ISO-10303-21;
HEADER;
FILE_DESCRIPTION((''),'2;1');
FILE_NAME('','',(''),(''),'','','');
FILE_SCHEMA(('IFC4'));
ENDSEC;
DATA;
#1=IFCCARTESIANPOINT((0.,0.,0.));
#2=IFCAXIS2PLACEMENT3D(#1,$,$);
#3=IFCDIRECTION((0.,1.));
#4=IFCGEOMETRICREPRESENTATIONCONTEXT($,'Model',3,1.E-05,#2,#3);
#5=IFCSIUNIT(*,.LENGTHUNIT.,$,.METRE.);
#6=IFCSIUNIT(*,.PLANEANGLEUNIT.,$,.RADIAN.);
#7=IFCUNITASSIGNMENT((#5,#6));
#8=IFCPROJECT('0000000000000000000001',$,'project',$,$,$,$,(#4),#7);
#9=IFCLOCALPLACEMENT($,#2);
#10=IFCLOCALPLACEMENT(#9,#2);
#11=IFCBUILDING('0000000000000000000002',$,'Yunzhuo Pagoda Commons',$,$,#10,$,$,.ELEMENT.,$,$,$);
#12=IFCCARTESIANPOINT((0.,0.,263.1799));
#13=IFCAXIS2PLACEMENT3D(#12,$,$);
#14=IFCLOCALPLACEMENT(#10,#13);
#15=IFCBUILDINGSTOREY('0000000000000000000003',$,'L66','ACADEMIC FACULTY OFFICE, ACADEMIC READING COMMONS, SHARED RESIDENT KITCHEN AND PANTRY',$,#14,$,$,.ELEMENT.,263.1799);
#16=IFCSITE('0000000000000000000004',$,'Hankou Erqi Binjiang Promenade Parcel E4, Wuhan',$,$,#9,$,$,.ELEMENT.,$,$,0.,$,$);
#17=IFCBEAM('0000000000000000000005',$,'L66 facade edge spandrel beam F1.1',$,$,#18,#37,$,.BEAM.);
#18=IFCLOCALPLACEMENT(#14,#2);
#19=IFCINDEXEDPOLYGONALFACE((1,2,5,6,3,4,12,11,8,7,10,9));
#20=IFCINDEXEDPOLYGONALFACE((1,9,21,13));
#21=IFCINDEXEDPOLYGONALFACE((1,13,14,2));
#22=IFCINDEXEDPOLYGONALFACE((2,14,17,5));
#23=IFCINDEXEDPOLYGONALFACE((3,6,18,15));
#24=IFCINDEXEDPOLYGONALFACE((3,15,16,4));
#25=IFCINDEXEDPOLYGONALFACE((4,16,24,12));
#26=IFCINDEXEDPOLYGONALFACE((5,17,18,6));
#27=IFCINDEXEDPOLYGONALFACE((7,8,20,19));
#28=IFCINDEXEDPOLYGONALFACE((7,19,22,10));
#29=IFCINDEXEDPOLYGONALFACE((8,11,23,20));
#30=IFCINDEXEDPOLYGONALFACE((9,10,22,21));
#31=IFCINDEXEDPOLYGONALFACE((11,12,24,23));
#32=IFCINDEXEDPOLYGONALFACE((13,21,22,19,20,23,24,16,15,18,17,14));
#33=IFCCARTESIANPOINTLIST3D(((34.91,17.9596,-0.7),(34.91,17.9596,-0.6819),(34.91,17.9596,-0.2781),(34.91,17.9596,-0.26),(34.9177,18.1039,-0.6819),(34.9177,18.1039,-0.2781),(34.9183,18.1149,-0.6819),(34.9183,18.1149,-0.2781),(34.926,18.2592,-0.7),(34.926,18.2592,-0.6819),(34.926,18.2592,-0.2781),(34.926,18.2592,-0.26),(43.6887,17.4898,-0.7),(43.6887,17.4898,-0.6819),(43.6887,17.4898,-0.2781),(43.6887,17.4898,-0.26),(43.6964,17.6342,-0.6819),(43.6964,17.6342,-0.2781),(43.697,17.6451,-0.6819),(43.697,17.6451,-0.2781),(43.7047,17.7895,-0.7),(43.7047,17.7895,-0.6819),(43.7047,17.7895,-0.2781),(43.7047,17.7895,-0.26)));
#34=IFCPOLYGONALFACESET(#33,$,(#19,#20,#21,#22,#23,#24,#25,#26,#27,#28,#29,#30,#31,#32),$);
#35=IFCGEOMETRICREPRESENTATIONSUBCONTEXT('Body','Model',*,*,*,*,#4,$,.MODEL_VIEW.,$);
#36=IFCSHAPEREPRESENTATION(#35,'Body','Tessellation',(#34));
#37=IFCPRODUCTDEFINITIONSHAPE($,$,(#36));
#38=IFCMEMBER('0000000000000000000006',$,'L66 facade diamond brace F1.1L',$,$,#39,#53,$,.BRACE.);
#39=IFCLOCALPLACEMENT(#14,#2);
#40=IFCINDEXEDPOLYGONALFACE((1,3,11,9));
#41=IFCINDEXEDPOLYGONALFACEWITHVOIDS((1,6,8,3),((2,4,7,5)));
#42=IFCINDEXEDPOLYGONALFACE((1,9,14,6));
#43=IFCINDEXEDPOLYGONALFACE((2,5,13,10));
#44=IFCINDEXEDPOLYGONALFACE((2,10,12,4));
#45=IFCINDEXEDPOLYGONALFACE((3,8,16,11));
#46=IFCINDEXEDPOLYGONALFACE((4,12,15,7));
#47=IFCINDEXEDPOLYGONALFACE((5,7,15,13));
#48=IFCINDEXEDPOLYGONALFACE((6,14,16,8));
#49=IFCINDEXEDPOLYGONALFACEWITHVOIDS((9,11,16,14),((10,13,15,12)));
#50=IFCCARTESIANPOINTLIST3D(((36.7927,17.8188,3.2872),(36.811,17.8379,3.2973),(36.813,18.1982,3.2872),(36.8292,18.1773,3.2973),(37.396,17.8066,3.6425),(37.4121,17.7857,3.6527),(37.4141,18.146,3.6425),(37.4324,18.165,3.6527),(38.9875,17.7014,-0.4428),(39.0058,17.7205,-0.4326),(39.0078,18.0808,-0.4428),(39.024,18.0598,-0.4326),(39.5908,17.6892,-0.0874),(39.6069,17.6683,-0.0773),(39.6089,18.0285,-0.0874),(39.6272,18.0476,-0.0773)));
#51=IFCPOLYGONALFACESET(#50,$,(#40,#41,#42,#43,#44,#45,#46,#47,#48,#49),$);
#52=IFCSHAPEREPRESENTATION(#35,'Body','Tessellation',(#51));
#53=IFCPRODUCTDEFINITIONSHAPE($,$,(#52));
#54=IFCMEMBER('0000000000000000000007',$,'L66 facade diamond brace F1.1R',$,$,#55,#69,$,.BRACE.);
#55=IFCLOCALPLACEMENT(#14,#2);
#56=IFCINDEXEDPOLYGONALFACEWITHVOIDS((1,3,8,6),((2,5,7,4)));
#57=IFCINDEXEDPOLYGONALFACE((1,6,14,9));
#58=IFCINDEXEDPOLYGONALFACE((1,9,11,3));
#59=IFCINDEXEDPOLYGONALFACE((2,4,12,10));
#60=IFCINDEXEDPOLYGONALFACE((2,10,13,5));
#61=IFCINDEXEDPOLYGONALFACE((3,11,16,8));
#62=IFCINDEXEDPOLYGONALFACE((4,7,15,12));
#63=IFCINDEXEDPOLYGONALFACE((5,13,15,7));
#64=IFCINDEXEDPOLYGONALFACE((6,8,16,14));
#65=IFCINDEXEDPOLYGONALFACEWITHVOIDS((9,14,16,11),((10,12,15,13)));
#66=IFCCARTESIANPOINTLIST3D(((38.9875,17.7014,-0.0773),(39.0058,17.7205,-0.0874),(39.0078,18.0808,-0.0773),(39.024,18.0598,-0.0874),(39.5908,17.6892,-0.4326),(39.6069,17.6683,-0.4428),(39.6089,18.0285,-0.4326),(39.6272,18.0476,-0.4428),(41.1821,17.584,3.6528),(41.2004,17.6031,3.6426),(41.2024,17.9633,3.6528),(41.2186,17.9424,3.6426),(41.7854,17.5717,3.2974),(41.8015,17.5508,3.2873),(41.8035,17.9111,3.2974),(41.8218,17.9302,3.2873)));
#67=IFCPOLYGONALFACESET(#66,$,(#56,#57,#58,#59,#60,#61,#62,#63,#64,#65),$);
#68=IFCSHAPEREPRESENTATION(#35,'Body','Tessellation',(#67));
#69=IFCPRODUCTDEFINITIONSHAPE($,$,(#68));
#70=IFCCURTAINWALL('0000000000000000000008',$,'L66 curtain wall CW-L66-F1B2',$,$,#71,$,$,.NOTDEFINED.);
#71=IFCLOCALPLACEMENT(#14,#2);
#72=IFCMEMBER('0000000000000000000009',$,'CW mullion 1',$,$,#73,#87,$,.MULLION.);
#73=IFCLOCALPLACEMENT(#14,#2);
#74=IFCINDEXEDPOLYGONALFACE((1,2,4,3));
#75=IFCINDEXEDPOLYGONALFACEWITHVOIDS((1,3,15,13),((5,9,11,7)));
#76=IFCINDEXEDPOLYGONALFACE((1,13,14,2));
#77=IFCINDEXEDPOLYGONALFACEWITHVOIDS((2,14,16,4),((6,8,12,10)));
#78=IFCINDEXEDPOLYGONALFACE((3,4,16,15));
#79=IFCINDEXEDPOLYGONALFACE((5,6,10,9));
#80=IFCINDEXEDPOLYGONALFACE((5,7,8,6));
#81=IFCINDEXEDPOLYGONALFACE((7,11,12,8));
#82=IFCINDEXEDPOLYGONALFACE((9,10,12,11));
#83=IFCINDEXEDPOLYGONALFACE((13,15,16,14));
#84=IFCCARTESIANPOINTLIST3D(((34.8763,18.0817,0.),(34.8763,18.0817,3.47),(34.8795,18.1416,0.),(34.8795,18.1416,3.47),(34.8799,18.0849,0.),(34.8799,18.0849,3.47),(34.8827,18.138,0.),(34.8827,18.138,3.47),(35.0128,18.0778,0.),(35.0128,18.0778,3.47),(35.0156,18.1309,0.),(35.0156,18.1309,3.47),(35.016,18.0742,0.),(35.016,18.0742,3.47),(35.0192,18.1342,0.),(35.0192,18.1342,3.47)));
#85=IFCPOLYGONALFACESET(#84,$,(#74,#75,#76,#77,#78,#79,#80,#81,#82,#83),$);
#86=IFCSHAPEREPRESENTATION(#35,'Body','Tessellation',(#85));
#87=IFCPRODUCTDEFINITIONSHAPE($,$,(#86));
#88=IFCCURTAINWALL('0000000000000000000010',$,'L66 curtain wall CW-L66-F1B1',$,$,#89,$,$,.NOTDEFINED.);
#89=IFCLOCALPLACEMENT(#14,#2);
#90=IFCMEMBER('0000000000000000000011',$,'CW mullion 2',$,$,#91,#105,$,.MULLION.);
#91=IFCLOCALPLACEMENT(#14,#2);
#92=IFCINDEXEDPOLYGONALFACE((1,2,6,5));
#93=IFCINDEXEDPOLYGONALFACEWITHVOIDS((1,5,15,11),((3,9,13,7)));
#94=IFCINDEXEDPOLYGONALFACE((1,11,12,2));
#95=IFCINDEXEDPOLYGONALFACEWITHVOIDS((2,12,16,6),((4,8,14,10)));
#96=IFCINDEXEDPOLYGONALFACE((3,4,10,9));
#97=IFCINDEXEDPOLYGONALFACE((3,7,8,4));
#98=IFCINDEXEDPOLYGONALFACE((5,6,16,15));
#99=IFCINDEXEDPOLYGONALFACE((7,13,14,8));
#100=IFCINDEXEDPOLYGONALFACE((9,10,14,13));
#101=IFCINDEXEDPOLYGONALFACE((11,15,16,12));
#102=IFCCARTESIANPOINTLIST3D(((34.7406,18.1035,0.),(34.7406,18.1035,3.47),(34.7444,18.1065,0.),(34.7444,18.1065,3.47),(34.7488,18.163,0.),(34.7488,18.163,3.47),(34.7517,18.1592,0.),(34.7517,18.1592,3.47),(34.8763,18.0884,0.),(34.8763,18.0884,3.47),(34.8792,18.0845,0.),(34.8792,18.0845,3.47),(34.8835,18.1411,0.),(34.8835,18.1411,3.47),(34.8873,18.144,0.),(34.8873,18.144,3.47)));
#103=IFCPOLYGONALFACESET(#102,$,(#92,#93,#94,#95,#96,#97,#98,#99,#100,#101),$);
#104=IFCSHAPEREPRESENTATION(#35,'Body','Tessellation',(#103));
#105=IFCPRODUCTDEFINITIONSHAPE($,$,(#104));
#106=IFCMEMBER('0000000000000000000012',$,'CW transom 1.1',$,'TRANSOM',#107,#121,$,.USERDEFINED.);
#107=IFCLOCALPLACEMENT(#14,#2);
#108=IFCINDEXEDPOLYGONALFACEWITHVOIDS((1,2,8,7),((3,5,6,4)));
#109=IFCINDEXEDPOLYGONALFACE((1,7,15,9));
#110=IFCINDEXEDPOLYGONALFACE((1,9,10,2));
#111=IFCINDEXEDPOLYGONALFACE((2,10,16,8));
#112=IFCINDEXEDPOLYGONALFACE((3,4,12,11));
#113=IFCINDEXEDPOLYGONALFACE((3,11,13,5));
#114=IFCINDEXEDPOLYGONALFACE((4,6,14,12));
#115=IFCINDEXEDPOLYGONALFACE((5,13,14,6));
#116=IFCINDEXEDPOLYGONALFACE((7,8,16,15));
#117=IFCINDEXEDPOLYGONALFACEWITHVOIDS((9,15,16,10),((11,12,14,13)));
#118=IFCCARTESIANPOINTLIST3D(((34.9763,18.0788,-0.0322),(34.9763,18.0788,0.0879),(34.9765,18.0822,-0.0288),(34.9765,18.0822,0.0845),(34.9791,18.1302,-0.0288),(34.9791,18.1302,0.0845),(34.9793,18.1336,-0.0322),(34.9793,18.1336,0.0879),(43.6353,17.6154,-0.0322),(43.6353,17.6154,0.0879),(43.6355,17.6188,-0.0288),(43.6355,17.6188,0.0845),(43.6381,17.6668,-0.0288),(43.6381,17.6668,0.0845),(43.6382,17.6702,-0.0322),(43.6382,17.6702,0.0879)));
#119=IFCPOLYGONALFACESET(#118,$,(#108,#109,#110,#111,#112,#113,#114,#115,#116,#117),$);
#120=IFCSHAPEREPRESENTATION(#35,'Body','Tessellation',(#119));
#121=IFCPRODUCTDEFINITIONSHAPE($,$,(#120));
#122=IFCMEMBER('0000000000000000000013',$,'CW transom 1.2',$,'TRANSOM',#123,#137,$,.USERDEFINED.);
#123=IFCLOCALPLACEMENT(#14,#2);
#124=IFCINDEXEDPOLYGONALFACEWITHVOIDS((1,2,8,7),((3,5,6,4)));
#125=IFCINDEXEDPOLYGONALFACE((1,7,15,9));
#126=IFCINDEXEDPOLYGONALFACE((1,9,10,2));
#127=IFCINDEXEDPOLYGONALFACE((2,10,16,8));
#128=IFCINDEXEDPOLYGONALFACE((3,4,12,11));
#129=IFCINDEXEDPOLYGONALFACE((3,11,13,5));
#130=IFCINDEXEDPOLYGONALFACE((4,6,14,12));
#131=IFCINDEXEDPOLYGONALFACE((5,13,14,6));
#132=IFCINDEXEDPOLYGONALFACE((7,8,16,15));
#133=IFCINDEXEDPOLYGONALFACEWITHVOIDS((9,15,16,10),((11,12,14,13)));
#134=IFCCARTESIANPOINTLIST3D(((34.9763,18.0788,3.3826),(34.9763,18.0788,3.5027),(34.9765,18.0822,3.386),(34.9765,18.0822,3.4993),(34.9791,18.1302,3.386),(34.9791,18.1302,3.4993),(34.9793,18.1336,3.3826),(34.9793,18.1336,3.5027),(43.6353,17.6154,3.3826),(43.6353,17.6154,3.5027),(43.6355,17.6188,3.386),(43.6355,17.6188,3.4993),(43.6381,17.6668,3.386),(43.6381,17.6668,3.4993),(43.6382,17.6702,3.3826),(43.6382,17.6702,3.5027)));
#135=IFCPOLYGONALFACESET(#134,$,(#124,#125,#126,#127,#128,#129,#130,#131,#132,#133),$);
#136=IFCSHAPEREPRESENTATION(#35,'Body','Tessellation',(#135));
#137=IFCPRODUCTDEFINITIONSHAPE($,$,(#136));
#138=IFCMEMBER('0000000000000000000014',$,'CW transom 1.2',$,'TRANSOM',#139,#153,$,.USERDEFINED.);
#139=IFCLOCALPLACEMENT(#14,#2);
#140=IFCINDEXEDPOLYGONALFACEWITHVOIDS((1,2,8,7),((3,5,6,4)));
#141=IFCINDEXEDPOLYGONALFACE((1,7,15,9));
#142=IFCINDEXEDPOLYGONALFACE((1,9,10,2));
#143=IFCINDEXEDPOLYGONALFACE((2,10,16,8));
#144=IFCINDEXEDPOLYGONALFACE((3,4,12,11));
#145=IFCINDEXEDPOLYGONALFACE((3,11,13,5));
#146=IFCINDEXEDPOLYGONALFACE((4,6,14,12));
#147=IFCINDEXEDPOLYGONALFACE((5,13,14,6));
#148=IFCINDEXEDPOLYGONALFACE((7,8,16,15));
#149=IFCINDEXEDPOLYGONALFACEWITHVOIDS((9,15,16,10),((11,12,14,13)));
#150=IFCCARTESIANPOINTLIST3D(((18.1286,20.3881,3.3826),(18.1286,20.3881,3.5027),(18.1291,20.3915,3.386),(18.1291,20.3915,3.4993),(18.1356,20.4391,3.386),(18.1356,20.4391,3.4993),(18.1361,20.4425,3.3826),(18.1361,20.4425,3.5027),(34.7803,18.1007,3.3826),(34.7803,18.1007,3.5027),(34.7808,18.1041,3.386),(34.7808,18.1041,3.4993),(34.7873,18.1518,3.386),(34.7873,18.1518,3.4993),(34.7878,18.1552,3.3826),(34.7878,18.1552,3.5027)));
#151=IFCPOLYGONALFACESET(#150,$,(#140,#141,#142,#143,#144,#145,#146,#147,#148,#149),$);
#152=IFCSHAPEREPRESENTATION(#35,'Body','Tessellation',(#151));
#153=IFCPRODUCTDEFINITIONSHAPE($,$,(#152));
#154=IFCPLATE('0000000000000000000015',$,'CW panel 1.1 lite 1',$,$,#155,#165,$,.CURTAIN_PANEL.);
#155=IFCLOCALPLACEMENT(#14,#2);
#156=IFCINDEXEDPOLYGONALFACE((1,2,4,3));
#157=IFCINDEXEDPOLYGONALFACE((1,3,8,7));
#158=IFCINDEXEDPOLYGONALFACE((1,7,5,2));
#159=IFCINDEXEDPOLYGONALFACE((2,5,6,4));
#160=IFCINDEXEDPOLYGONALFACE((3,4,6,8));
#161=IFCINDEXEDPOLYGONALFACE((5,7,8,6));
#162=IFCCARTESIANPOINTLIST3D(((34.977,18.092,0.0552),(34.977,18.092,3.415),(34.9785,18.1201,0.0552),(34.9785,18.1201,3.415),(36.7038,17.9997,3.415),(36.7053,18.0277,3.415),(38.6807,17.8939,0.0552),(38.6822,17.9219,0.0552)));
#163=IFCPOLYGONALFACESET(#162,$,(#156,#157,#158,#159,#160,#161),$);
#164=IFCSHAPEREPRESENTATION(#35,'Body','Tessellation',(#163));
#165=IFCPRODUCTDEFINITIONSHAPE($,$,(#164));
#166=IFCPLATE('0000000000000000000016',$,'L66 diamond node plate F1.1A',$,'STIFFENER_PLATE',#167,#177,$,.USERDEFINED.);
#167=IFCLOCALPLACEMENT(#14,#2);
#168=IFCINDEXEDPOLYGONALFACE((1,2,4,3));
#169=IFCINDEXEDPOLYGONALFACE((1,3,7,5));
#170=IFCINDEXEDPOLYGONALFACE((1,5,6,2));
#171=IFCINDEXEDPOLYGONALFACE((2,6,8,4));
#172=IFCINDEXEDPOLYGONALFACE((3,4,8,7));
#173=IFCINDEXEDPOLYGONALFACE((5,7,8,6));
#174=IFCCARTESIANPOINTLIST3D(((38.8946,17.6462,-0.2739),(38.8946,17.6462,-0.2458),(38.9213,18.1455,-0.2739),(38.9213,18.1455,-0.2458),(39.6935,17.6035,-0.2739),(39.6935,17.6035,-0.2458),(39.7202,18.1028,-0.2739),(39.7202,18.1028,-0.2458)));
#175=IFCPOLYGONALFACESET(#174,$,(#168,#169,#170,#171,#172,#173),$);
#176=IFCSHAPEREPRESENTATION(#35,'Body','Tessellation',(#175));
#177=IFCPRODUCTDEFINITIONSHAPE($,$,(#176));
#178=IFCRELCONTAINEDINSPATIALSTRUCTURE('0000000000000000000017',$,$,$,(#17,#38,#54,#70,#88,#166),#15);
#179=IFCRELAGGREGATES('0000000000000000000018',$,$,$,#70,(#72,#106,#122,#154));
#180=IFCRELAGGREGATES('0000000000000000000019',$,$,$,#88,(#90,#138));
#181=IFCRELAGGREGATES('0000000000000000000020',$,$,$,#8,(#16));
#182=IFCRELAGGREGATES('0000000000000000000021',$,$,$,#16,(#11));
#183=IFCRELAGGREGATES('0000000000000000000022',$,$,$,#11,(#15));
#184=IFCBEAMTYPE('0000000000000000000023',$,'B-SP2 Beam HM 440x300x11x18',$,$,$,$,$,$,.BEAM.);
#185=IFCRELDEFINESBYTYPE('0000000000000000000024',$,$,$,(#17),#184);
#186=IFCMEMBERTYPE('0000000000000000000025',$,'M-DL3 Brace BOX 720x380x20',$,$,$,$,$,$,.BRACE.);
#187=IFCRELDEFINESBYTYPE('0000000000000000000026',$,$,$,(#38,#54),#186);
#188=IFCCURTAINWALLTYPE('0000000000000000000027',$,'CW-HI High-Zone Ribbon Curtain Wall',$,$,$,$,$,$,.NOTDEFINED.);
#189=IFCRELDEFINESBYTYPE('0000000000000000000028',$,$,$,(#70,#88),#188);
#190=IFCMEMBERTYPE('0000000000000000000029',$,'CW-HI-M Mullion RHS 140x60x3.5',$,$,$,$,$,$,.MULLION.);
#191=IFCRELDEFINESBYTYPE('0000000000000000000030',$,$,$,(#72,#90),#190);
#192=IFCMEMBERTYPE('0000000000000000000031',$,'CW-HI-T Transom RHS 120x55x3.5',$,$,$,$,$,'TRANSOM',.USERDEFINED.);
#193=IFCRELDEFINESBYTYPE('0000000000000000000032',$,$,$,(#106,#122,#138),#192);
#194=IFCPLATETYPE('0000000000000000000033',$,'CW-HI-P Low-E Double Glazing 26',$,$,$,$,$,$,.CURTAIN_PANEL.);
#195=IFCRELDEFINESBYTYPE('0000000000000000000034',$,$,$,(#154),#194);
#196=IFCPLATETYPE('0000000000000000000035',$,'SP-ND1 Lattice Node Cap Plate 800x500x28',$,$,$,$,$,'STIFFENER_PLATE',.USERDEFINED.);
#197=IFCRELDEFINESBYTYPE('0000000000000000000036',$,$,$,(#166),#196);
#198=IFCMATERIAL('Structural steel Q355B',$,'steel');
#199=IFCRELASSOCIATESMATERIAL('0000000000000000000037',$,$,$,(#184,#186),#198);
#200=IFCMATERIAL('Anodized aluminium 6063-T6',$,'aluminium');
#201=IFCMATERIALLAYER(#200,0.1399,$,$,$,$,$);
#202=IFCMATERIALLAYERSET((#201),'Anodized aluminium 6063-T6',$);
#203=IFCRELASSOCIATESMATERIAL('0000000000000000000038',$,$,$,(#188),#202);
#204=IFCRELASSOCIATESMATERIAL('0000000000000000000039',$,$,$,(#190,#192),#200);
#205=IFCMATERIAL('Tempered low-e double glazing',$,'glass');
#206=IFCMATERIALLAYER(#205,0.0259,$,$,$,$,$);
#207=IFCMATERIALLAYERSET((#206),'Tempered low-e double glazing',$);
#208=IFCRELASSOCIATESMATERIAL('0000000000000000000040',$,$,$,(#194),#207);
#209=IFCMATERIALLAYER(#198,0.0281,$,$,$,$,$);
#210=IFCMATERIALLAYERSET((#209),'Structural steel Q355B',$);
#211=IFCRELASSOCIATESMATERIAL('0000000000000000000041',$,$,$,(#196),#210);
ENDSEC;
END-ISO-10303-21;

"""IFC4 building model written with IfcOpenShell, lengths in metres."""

from ifc_helpers import new_model, si_unit, direction, frame, origin, origin_2d, place, context, subcontext, project, spatial, polyline, rectangle, hollow_rectangle, i_section, outline, extrude, source, transform, mapped, material, layer, layer_set, material_profile, profile_set, type_object, element, aggregate, save


model = new_model("IFC4")

# Units and contexts
model_context = context("Model", 3, precision=1e-05, world=origin(), true_north=direction((0.0, 1.0)))
body_context = subcontext(model_context, "Body", "Model", "MODEL_VIEW")
ifc_project = project(units=[si_unit("LENGTHUNIT", "METRE"), si_unit("PLANEANGLEUNIT", "RADIAN")], contexts=[model_context])

# Site, building, storey
site_placement = place(None, origin())
site = spatial("IfcSite", under=ifc_project, at=site_placement, Name="Hankou Erqi Binjiang Promenade Parcel E4, Wuhan", CompositionType="ELEMENT", RefElevation=0.0)
building_placement = place(site_placement, origin())
building = spatial("IfcBuilding", under=site, at=building_placement, Name="Yunzhuo Pagoda Commons", CompositionType="ELEMENT")
storey_placement = place(building_placement, frame((0.0, 0.0, 263.1799)))
storey = spatial("IfcBuildingStorey", under=building, at=storey_placement, Name="L66", Description="ACADEMIC FACULTY OFFICE, ACADEMIC READING COMMONS, SHARED RESIDENT KITCHEN AND PANTRY", CompositionType="ELEMENT", Elevation=263.1799)

# Shared definitions
ifc_material_1 = material(Name="Structural steel Q355B", Category="steel")

# Beam
ifc_material_profile_1 = material_profile(ifc_material_1, i_section(OverallWidth=0.3, OverallDepth=0.4399, WebThickness=0.011, FlangeThickness=0.0181, at=origin_2d()), Name="Structural steel Q355B")
ifc_profile_set_1 = profile_set([ifc_material_profile_1], Name="Structural steel Q355B")
beam_type_1 = type_object("IfcBeamType", Name="B-SP2 Beam HM 440x300x11x18", PredefinedType="BEAM", material=ifc_profile_set_1)
shared_shape_1 = source(origin(), body_context, "Body", "SweptSolid", [
    extrude(i_section(OverallWidth=0.3, OverallDepth=0.4399, WebThickness=0.011, FlangeThickness=0.0181, at=origin_2d()), origin(), (0.0, 0.0, 1.0), 8.7913),
])
beam_1_placement = place(storey_placement, frame((34.918, 18.1094, -0.48), z_axis=(0.998572, -0.05343, 0.0), x_axis=(0.05343, 0.998572, 0.0)))
element("IfcBeam", 1, at=beam_1_placement, inside=storey, type_object=beam_type_1, Name="L66 facade edge spandrel beam F1.1", PredefinedType="BEAM", context=body_context, shape_type="MappedRepresentation", body=[
    mapped(shared_shape_1, transform((0.0, 0.0, 0.0), scale=1.0)),
])

# Members
ifc_material_profile_2 = material_profile(ifc_material_1, hollow_rectangle(XDim=0.3799, YDim=0.72, WallThickness=0.02, at=origin_2d()), Name="Structural steel Q355B")
ifc_profile_set_2 = profile_set([ifc_material_profile_2], Name="Structural steel Q355B")
member_type_1 = type_object("IfcMemberType", Name="M-DL3 Brace BOX 720x380x20", PredefinedType="BRACE", material=ifc_profile_set_2)
shared_shape_2 = source(origin(), body_context, "Body", "SweptSolid", [
    extrude(hollow_rectangle(XDim=0.3799, YDim=0.72, WallThickness=0.02, at=origin_2d()), origin(), (0.0, 0.0, 1.0), 4.3293),
])
for number, where, z_axis, x_axis, name in (
    (2, (39.3074, 17.8745, -0.26), (-0.506957, 0.027124, 0.861545), (-0.053427, -0.998572, 0.0), "L66 facade diamond brace F1.1L"),
    (3, (39.3074, 17.8745, -0.26), (0.506915, -0.027125, 0.861569), (0.053433, 0.998571, 0.0), "L66 facade diamond brace F1.1R"),
):
    element("IfcMember", number, at=place(storey_placement, frame(where, z_axis=z_axis, x_axis=x_axis)), inside=storey, type_object=member_type_1, Name=name, PredefinedType="BRACE", context=body_context, shape_type="MappedRepresentation", body=[
        mapped(shared_shape_2, transform((0.0, 0.0, 0.0), scale=1.0)),
    ])

# Curtain walls, members
ifc_material_2 = material(Name="Anodized aluminium 6063-T6", Category="aluminium")
ifc_layer_1 = layer(ifc_material_2, 0.1399)
ifc_layer_set_1 = layer_set([ifc_layer_1], Name="Anodized aluminium 6063-T6")
curtain_wall_type = type_object("IfcCurtainWallType", Name="CW-HI High-Zone Ribbon Curtain Wall", PredefinedType="NOTDEFINED", material=ifc_layer_set_1)
curtain_wall_1_placement = place(storey_placement, origin())
curtain_wall_1 = element("IfcCurtainWall", 4, at=curtain_wall_1_placement, inside=storey, type_object=curtain_wall_type, Name="L66 curtain wall CW-L66-F1B2", PredefinedType="NOTDEFINED")
ifc_material_profile_3 = material_profile(ifc_material_2, hollow_rectangle(XDim=0.0601, YDim=0.1399, WallThickness=0.0034, at=origin_2d()), Name="Anodized aluminium 6063-T6")
ifc_profile_set_3 = profile_set([ifc_material_profile_3], Name="Anodized aluminium 6063-T6")
member_type_2 = type_object("IfcMemberType", Name="CW-HI-M Mullion RHS 140x60x3.5", PredefinedType="MULLION", material=ifc_profile_set_3)
shared_shape_3 = source(origin(), body_context, "Body", "SweptSolid", [
    extrude(hollow_rectangle(XDim=0.0601, YDim=0.1399, WallThickness=0.0034, at=origin_2d()), origin(), (0.0, 0.0, 1.0), 3.47),
])
member_1_placement = place(storey_placement, frame((34.9478, 18.1079, 0.0), z_axis=(0.0, 0.0, 1.0), x_axis=(0.053427, 0.998572, 0.0)))
member_1 = element("IfcMember", 5, at=member_1_placement, type_object=member_type_2, Name="CW mullion 1", PredefinedType="MULLION", context=body_context, shape_type="MappedRepresentation", body=[
    mapped(shared_shape_3, transform((0.0, 0.0, 0.0), scale=1.0)),
])
curtain_wall_2_placement = place(storey_placement, origin())
curtain_wall_2 = element("IfcCurtainWall", 6, at=curtain_wall_2_placement, inside=storey, type_object=curtain_wall_type, Name="L66 curtain wall CW-L66-F1B1", PredefinedType="NOTDEFINED")
member_2_placement = place(storey_placement, frame((34.814, 18.1238, 0.0), z_axis=(0.0, 0.0, 1.0), x_axis=(0.136099, 0.990695, 0.0)))
member_2 = element("IfcMember", 7, at=member_2_placement, type_object=member_type_2, Name="CW mullion 2", PredefinedType="MULLION", context=body_context, shape_type="MappedRepresentation", body=[
    mapped(shared_shape_3, transform((0.0, 0.0, 0.0), scale=1.0)),
])

# Members
ifc_material_profile_4 = material_profile(ifc_material_2, hollow_rectangle(XDim=0.0549, YDim=0.1201, WallThickness=0.0034, at=origin_2d()), Name="Anodized aluminium 6063-T6")
ifc_profile_set_4 = profile_set([ifc_material_profile_4], Name="Anodized aluminium 6063-T6")
member_type_3 = type_object("IfcMemberType", Name="CW-HI-T Transom RHS 120x55x3.5", ElementType="TRANSOM", PredefinedType="USERDEFINED", material=ifc_profile_set_4)
shared_shape_4 = source(origin(), body_context, "Body", "SweptSolid", [
    extrude(hollow_rectangle(XDim=0.0549, YDim=0.1201, WallThickness=0.0034, at=origin_2d()), origin(), (0.0, 0.0, 1.0), 8.6714),
])
member_3_placement = place(storey_placement, frame((34.9778, 18.1062, 0.0278), z_axis=(0.998571, -0.053438, 0.0), x_axis=(0.053438, 0.998571, 0.0)))
member_3 = element("IfcMember", 8, at=member_3_placement, type_object=member_type_3, Name="CW transom 1.1", ObjectType="TRANSOM", PredefinedType="USERDEFINED", context=body_context, shape_type="MappedRepresentation", body=[
    mapped(shared_shape_4, transform((0.0, 0.0, 0.0), scale=1.0)),
])
member_4_placement = place(storey_placement, frame((34.9778, 18.1062, 3.4426), z_axis=(0.998571, -0.053438, 0.0), x_axis=(0.053438, 0.998571, 0.0)))
member_4 = element("IfcMember", 9, at=member_4_placement, type_object=member_type_3, Name="CW transom 1.2", ObjectType="TRANSOM", PredefinedType="USERDEFINED", context=body_context, shape_type="MappedRepresentation", body=[
    mapped(shared_shape_4, transform((0.0, 0.0, 0.0), scale=1.0)),
])
shared_shape_5 = source(origin(), body_context, "Body", "SweptSolid", [
    extrude(hollow_rectangle(XDim=0.0549, YDim=0.1201, WallThickness=0.0034, at=origin_2d()), origin(), (0.0, 0.0, 1.0), 16.8081),
])
member_5_placement = place(storey_placement, frame((18.1323, 20.4153, 3.4426), z_axis=(0.990697, -0.136085, 0.0), x_axis=(0.136085, 0.990697, 0.0)))
member_5 = element("IfcMember", 10, at=member_5_placement, type_object=member_type_3, Name="CW transom 1.2", ObjectType="TRANSOM", PredefinedType="USERDEFINED", context=body_context, shape_type="MappedRepresentation", body=[
    mapped(shared_shape_5, transform((0.0, 0.0, 0.0), scale=1.0)),
])

# Plate
ifc_material_3 = material(Name="Tempered low-e double glazing", Category="glass")
ifc_layer_2 = layer(ifc_material_3, 0.0259)
ifc_layer_set_2 = layer_set([ifc_layer_2], Name="Tempered low-e double glazing")
plate_type_1 = type_object("IfcPlateType", Name="CW-HI-P Low-E Double Glazing 26", PredefinedType="CURTAIN_PANEL", material=ifc_layer_set_2)
plate_1_placement = place(storey_placement, frame((36.8303, 18.021, 1.7351), z_axis=(-0.053427, -0.998572, 0.0), x_axis=(0.998572, -0.053427, 0.0)))
plate_1 = element("IfcPlate", 11, at=plate_1_placement, type_object=plate_type_1, Name="CW panel 1.1 lite 1", PredefinedType="CURTAIN_PANEL", context=body_context, shape_type="SweptSolid", body=[
    extrude(outline(polyline([(-1.8545, -1.6799), (1.8545, -1.6799), (-0.1252, 1.6799), (-1.8545, 1.6799), (-1.8545, -1.6799)])), origin(), (0.0, 0.0, 1.0), 0.0281),
])
aggregate(curtain_wall_1, [member_1, member_3, member_4, plate_1])

# Plate
ifc_layer_3 = layer(ifc_material_1, 0.0281)
ifc_layer_set_3 = layer_set([ifc_layer_3], Name="Structural steel Q355B")
plate_type_2 = type_object("IfcPlateType", Name="SP-ND1 Lattice Node Cap Plate 800x500x28", ElementType="STIFFENER_PLATE", PredefinedType="USERDEFINED", material=ifc_layer_set_3)
shared_shape_6 = source(origin(), body_context, "Body", "SweptSolid", [
    extrude(rectangle(XDim=0.8, YDim=0.5, at=origin_2d()), origin(), (0.0, 0.0, 1.0), 0.0281),
])
plate_2_placement = place(storey_placement, frame((39.3074, 17.8745, -0.2739), z_axis=(0.0, 0.0, 1.0), x_axis=(0.998571, -0.053434, 0.0)))
element("IfcPlate", 12, at=plate_2_placement, inside=storey, type_object=plate_type_2, Name="L66 diamond node plate F1.1A", ObjectType="STIFFENER_PLATE", PredefinedType="USERDEFINED", context=body_context, shape_type="MappedRepresentation", body=[
    mapped(shared_shape_6, transform((0.0, 0.0, 0.0), scale=1.0)),
])

aggregate(curtain_wall_2, [member_2, member_5])

save(model, "model.ifc")
